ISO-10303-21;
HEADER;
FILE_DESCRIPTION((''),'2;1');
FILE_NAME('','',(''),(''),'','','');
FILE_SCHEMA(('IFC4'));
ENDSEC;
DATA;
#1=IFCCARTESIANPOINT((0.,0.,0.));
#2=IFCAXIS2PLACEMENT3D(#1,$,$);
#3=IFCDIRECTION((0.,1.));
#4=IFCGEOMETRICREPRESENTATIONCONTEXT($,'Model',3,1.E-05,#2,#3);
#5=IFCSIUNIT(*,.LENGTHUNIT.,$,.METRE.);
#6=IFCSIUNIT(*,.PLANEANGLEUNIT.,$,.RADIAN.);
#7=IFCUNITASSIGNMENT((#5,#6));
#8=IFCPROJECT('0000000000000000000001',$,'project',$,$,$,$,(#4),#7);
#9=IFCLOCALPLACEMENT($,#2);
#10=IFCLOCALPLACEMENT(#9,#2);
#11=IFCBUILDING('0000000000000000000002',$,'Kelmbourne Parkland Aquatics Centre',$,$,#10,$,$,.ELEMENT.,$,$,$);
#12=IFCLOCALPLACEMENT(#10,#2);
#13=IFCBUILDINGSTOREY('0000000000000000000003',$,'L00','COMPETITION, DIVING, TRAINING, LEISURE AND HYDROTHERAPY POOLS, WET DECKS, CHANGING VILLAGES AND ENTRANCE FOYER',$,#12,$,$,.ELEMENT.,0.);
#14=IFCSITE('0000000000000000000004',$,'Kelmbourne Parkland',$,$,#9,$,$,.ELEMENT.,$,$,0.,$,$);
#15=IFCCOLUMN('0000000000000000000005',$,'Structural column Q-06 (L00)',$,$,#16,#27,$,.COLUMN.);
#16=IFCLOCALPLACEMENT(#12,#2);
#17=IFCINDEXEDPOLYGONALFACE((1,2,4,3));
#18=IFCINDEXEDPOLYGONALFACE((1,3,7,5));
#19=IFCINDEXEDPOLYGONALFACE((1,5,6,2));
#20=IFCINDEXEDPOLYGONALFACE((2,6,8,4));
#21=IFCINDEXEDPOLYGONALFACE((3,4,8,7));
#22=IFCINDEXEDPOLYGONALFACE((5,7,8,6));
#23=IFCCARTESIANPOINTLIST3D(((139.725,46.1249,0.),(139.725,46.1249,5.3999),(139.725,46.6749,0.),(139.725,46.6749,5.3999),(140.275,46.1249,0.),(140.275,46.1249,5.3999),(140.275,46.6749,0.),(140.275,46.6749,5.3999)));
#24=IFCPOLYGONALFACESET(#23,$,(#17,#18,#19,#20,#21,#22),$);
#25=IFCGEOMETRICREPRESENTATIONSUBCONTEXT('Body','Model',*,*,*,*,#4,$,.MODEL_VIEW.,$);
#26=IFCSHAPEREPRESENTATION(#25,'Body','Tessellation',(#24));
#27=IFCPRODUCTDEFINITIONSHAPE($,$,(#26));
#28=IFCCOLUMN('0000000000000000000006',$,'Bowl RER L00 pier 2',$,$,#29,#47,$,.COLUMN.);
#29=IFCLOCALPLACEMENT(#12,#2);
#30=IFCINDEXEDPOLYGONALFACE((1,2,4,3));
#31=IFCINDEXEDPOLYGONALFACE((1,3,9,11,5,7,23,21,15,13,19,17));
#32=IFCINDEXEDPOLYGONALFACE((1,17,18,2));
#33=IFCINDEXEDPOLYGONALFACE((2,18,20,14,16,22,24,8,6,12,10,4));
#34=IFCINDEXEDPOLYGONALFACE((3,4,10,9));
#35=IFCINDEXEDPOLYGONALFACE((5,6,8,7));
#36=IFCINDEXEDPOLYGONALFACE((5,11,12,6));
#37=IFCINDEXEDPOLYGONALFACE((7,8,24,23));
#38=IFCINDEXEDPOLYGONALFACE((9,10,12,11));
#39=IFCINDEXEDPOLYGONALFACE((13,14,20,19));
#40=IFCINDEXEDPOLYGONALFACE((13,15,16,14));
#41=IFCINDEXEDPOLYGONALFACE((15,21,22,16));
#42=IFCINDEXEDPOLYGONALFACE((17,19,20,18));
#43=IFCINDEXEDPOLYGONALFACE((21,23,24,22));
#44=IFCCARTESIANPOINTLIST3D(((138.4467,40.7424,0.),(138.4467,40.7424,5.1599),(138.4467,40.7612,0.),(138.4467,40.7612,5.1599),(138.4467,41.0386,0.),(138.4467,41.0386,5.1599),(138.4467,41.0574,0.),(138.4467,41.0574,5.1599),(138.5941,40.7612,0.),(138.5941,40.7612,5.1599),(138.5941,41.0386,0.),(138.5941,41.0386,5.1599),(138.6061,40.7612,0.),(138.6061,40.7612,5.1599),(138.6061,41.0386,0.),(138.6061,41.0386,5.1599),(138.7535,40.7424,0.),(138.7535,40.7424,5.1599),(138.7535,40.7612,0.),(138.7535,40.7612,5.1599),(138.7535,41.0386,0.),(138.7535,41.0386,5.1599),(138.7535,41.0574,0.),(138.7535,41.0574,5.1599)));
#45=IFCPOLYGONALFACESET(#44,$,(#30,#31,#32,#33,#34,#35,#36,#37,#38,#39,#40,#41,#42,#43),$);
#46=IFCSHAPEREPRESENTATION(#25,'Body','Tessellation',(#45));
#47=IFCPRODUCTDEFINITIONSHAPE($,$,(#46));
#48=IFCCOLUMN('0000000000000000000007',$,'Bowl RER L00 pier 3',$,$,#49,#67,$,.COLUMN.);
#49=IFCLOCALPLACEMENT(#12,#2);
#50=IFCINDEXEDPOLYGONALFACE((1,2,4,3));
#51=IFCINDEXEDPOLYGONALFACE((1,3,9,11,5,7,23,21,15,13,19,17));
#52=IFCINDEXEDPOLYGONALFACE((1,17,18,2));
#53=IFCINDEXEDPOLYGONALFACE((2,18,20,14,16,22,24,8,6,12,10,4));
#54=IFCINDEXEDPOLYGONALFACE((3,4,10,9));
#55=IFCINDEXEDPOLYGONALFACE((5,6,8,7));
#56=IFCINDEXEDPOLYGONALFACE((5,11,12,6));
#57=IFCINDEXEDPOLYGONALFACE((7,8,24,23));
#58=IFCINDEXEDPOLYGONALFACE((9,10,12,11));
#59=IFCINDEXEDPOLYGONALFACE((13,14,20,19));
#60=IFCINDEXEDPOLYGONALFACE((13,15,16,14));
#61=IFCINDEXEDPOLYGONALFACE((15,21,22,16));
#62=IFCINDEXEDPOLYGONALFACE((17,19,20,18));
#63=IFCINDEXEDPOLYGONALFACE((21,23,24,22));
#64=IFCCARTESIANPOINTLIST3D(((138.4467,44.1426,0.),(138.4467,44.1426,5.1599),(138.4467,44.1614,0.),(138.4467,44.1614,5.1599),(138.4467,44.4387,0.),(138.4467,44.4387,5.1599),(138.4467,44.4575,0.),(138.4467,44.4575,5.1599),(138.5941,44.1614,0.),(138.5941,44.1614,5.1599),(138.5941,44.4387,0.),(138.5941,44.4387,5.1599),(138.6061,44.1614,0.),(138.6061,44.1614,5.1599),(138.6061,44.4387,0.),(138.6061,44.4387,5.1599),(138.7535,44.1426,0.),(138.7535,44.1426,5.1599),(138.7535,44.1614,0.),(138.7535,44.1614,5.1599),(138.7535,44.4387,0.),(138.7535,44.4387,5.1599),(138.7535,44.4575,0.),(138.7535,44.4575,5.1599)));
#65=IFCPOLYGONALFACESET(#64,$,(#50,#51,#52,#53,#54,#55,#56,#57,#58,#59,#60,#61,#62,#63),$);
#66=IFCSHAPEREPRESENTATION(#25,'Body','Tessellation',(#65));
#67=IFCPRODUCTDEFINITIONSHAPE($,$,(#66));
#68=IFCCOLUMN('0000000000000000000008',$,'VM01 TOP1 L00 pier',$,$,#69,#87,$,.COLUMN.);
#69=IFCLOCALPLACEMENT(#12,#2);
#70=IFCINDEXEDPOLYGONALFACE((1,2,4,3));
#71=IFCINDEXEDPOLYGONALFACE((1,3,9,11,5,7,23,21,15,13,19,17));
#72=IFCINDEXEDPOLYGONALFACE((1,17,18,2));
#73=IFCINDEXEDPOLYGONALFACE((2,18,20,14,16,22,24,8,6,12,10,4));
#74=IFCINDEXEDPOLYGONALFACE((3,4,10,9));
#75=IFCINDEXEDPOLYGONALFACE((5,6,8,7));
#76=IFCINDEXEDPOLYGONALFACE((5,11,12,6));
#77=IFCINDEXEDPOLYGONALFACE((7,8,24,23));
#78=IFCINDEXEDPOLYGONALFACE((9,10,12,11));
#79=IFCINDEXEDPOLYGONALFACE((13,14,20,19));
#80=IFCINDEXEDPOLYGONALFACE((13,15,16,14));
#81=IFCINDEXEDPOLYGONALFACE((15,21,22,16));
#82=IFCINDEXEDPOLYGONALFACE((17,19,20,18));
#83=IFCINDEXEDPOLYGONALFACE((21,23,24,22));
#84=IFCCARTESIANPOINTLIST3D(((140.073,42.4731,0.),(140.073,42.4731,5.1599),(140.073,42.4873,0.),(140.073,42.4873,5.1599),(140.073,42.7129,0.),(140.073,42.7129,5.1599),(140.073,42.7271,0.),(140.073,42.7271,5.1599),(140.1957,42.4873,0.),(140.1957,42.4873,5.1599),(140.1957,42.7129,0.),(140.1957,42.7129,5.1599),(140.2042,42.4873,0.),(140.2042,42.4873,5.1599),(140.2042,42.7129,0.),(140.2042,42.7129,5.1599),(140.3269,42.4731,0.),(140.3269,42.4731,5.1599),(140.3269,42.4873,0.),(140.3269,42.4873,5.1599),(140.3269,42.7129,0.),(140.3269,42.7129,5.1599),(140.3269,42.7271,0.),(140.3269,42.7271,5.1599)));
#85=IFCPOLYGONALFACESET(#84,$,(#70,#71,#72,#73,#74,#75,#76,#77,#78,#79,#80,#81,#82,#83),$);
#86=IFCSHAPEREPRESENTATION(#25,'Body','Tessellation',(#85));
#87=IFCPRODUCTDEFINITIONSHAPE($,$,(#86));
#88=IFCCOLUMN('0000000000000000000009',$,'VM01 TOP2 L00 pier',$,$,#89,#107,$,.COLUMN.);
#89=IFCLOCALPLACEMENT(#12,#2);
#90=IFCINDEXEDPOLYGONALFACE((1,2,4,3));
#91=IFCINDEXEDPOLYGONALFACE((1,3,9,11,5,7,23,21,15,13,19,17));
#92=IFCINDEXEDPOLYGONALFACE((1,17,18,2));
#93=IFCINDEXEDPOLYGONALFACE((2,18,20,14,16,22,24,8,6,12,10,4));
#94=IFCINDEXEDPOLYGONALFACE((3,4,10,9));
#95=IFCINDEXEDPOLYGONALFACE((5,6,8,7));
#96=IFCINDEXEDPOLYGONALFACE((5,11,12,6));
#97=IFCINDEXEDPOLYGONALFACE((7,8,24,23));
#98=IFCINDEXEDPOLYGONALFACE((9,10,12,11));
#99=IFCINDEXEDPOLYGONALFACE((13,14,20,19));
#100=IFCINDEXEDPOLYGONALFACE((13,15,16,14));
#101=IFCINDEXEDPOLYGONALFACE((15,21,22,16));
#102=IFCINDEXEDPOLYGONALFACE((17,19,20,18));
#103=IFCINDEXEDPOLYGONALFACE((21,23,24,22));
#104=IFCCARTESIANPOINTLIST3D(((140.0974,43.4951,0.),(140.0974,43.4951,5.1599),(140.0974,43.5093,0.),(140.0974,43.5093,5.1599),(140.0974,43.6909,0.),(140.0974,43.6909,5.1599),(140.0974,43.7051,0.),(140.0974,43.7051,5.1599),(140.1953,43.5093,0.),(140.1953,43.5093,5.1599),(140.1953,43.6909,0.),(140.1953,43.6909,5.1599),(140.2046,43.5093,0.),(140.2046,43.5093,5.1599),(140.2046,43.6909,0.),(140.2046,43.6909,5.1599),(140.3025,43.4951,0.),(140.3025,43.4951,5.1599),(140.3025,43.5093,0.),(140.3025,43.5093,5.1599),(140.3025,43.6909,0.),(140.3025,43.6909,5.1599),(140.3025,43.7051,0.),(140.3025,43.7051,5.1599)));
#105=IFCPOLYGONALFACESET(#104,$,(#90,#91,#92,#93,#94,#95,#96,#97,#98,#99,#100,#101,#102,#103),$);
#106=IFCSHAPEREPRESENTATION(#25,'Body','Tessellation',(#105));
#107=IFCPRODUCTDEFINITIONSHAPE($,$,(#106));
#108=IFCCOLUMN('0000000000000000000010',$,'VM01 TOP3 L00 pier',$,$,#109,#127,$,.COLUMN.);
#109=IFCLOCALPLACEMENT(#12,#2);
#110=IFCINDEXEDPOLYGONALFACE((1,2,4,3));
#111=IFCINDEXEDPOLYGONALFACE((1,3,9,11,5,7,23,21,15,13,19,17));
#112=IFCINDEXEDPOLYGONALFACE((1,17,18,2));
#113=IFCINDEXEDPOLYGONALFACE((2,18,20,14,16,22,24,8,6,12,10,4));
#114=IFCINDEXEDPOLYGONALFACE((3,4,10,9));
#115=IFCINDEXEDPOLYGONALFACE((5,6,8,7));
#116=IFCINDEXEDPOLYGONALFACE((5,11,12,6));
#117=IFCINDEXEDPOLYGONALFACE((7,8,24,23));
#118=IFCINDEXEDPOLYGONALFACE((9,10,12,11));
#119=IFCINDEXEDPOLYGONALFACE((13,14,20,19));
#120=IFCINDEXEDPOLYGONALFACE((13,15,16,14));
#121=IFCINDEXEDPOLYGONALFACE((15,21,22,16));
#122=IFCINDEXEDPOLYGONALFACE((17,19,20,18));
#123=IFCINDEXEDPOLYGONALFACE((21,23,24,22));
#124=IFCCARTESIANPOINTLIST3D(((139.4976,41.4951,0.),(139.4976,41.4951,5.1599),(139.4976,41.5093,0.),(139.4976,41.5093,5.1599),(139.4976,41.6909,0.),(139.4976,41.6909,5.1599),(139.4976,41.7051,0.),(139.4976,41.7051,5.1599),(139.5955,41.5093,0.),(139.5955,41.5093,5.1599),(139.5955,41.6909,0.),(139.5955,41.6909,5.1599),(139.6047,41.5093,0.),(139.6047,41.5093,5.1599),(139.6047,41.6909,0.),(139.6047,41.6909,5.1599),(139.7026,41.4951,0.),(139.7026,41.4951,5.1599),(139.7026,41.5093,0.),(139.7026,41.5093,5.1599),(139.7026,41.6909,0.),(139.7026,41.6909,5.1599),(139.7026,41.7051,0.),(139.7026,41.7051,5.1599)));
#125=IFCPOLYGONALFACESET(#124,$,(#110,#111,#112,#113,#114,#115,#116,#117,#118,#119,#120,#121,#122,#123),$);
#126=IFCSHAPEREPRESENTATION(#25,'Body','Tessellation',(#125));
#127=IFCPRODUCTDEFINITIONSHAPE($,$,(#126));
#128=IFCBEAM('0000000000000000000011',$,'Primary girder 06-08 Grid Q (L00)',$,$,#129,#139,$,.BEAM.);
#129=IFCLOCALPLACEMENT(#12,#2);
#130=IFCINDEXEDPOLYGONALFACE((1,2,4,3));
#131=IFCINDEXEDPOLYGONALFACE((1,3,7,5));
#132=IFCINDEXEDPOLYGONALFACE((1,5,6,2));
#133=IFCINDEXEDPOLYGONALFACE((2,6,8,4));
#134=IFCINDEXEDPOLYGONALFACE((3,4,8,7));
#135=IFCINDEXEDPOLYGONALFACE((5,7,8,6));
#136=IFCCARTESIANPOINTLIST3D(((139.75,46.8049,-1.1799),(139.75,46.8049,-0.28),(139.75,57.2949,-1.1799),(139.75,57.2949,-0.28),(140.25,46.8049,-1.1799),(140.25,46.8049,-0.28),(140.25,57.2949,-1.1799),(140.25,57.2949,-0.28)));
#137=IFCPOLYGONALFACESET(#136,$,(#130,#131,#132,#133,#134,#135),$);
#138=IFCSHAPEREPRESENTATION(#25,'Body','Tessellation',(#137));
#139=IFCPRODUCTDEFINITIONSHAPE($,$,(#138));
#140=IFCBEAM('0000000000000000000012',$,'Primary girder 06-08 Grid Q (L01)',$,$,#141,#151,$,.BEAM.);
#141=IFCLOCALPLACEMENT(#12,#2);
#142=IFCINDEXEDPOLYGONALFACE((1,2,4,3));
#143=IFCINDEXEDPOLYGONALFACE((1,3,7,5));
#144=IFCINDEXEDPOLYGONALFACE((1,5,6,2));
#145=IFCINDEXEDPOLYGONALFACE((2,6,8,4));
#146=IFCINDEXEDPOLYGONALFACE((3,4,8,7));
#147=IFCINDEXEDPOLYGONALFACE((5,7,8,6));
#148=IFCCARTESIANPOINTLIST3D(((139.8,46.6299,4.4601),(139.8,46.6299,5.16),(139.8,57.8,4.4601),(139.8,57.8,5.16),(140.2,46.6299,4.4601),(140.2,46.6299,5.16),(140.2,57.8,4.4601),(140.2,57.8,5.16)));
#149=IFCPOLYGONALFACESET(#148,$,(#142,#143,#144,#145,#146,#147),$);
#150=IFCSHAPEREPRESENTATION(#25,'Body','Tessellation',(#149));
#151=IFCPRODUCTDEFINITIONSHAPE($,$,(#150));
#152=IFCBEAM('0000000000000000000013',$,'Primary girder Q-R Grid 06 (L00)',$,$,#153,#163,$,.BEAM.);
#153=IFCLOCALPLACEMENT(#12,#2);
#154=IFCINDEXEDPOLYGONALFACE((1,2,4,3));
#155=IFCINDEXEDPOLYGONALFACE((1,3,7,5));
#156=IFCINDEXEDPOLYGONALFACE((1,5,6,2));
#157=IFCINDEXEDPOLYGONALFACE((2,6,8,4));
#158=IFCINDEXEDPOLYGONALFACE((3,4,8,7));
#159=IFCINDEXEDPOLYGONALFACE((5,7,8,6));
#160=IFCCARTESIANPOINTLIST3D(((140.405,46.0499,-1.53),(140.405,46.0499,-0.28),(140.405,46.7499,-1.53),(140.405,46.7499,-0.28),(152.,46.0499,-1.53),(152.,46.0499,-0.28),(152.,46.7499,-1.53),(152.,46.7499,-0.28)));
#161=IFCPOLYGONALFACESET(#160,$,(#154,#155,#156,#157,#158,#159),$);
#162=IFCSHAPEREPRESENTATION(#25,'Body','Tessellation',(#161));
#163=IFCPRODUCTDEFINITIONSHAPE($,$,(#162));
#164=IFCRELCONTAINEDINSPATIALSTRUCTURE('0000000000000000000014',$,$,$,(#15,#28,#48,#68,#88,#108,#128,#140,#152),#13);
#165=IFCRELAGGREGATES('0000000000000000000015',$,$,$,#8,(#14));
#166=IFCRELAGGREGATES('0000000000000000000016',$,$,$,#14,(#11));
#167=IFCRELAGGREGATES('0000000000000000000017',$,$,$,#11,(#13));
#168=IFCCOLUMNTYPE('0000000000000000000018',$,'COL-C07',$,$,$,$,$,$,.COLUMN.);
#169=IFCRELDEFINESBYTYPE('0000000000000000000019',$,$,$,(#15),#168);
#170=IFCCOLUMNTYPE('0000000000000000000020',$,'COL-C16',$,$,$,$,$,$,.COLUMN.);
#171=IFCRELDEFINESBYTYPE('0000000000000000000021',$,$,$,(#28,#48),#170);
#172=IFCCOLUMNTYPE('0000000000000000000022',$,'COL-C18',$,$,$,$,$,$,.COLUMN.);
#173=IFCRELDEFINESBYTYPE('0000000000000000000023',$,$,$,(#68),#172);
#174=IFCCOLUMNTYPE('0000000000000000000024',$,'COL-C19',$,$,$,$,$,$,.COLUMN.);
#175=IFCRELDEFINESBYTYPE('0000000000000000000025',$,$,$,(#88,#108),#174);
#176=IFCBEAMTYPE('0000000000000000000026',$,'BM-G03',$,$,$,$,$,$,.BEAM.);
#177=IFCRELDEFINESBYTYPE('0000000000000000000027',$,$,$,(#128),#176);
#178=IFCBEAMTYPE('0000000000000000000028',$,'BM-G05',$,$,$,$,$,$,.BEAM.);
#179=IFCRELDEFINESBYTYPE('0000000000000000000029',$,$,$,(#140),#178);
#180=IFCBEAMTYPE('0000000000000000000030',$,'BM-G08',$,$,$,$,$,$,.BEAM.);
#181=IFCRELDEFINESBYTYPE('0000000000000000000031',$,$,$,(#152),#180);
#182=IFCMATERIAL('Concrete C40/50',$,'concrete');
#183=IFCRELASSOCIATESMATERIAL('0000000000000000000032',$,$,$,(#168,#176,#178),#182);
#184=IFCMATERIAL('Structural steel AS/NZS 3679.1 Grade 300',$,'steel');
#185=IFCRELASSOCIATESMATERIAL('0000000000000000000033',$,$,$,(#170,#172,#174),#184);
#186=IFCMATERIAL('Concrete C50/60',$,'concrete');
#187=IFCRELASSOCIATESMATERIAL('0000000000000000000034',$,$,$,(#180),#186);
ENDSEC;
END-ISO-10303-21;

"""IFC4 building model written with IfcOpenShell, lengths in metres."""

from ifc_helpers import new_model, si_unit, direction, frame, origin, origin_2d, place, context, subcontext, project, spatial, rectangle, i_section, extrude, material, material_profile, profile_set, type_object, element, save


model = new_model("IFC4")

# Units and contexts
model_context = context("Model", 3, precision=1e-05, world=origin(), true_north=direction((0.0, 1.0)))
body_context = subcontext(model_context, "Body", "Model", "MODEL_VIEW")
ifc_project = project(units=[si_unit("LENGTHUNIT", "METRE"), si_unit("PLANEANGLEUNIT", "RADIAN")], contexts=[model_context])

# Site, building, storey
site_placement = place(None, origin())
site = spatial("IfcSite", under=ifc_project, at=site_placement, Name="Kelmbourne Parkland", CompositionType="ELEMENT", RefElevation=0.0)
building_placement = place(site_placement, origin())
building = spatial("IfcBuilding", under=site, at=building_placement, Name="Kelmbourne Parkland Aquatics Centre", CompositionType="ELEMENT")
storey_placement = place(building_placement, origin())
storey = spatial("IfcBuildingStorey", under=building, at=storey_placement, Name="L00", Description="COMPETITION, DIVING, TRAINING, LEISURE AND HYDROTHERAPY POOLS, WET DECKS, CHANGING VILLAGES AND ENTRANCE FOYER", CompositionType="ELEMENT", Elevation=0.0)

# Columns
ifc_material_1 = material(Name="Concrete C40/50", Category="concrete")
ifc_material_profile_1 = material_profile(ifc_material_1, rectangle(XDim=0.55, YDim=0.55, at=origin_2d()), Name="RC 550x550")
ifc_profile_set_1 = profile_set([ifc_material_profile_1], Name="Concrete C40/50")
column_type_1 = type_object("IfcColumnType", Name="COL-C07", PredefinedType="COLUMN", material=ifc_profile_set_1)
column_1_placement = place(storey_placement, frame((140.0, 46.3999, 0.0), z_axis=(0.0, 0.0, 1.0), x_axis=(1.0, 0.0, 0.0)))
element("IfcColumn", 1, at=column_1_placement, inside=storey, type_object=column_type_1, Name="Structural column Q-06 (L00)", PredefinedType="COLUMN", context=body_context, shape_type="SweptSolid", body=[
    extrude(rectangle(XDim=0.55, YDim=0.55, at=origin_2d()), origin(), (0.0, 0.0, 1.0), 5.3999),
])
ifc_material_2 = material(Name="Structural steel AS/NZS 3679.1 Grade 300", Category="steel")
ifc_material_profile_2 = material_profile(ifc_material_2, i_section(OverallWidth=0.3069, OverallDepth=0.3149, WebThickness=0.012, FlangeThickness=0.0188, at=origin_2d()), Name="310UC118")
ifc_profile_set_2 = profile_set([ifc_material_profile_2], Name="Structural steel AS/NZS 3679.1 Grade 300")
column_type_2 = type_object("IfcColumnType", Name="COL-C16", PredefinedType="COLUMN", material=ifc_profile_set_2)
for number, where, z_axis, x_axis, name in (
    (2, (138.6001, 40.8999, 0.0), (0.0, 0.0, 1.0), (1.0, 0.0, 0.0), "Bowl RER L00 pier 2"),
    (3, (138.6001, 44.3, 0.0), (0.0, 0.0, 1.0), (1.0, 0.0, 0.0), "Bowl RER L00 pier 3"),
):
    element("IfcColumn", number, at=place(storey_placement, frame(where, z_axis=z_axis, x_axis=x_axis)), inside=storey, type_object=column_type_2, Name=name, PredefinedType="COLUMN", context=body_context, shape_type="SweptSolid", body=[
        extrude(i_section(OverallWidth=0.3069, OverallDepth=0.3149, WebThickness=0.012, FlangeThickness=0.0188, at=origin_2d()), origin(), (0.0, 0.0, 1.0), 5.1599),
    ])
ifc_material_profile_3 = material_profile(ifc_material_2, i_section(OverallWidth=0.2539, OverallDepth=0.2539, WebThickness=0.0085, FlangeThickness=0.0142, at=origin_2d()), Name="250UC72.9")
ifc_profile_set_3 = profile_set([ifc_material_profile_3], Name="Structural steel AS/NZS 3679.1 Grade 300")
column_type_3 = type_object("IfcColumnType", Name="COL-C18", PredefinedType="COLUMN", material=ifc_profile_set_3)
column_2_placement = place(storey_placement, frame((140.2, 42.6001, 0.0), z_axis=(0.0, 0.0, 1.0), x_axis=(1.0, 0.0, 0.0)))
element("IfcColumn", 4, at=column_2_placement, inside=storey, type_object=column_type_3, Name="VM01 TOP1 L00 pier", PredefinedType="COLUMN", context=body_context, shape_type="SweptSolid", body=[
    extrude(i_section(OverallWidth=0.2539, OverallDepth=0.2539, WebThickness=0.0085, FlangeThickness=0.0142, at=origin_2d()), origin(), (0.0, 0.0, 1.0), 5.1599),
])
ifc_material_profile_4 = material_profile(ifc_material_2, i_section(OverallWidth=0.2051, OverallDepth=0.21, WebThickness=0.0093, FlangeThickness=0.0142, at=origin_2d()), Name="200UC59.5")
ifc_profile_set_4 = profile_set([ifc_material_profile_4], Name="Structural steel AS/NZS 3679.1 Grade 300")
column_type_4 = type_object("IfcColumnType", Name="COL-C19", PredefinedType="COLUMN", material=ifc_profile_set_4)
for number, where, z_axis, x_axis, name in (
    (5, (140.2, 43.6001, 0.0), (0.0, 0.0, 1.0), (1.0, 0.0, 0.0), "VM01 TOP2 L00 pier"),
    (6, (139.6001, 41.6001, 0.0), (0.0, 0.0, 1.0), (1.0, 0.0, 0.0), "VM01 TOP3 L00 pier"),
):
    element("IfcColumn", number, at=place(storey_placement, frame(where, z_axis=z_axis, x_axis=x_axis)), inside=storey, type_object=column_type_4, Name=name, PredefinedType="COLUMN", context=body_context, shape_type="SweptSolid", body=[
        extrude(i_section(OverallWidth=0.2051, OverallDepth=0.21, WebThickness=0.0093, FlangeThickness=0.0142, at=origin_2d()), origin(), (0.0, 0.0, 1.0), 5.1599),
    ])

# Beams
ifc_material_profile_5 = material_profile(ifc_material_1, rectangle(XDim=0.5, YDim=0.8999, at=origin_2d()), Name="RC 500x900")
ifc_profile_set_5 = profile_set([ifc_material_profile_5], Name="Concrete C40/50")
beam_type_1 = type_object("IfcBeamType", Name="BM-G03", PredefinedType="BEAM", material=ifc_profile_set_5)
beam_1_placement = place(storey_placement, frame((140.0, 46.8049, -0.73), z_axis=(0.0, 1.0, 0.0), x_axis=(-1.0, 0.0, 0.0)))
element("IfcBeam", 7, at=beam_1_placement, inside=storey, type_object=beam_type_1, Name="Primary girder 06-08 Grid Q (L00)", PredefinedType="BEAM", context=body_context, shape_type="SweptSolid", body=[
    extrude(rectangle(XDim=0.5, YDim=0.8999, at=origin_2d()), origin(), (0.0, 0.0, 1.0), 10.49),
])
ifc_material_profile_6 = material_profile(ifc_material_1, rectangle(XDim=0.3999, YDim=0.7, at=origin_2d()), Name="RC 400x700")
ifc_profile_set_6 = profile_set([ifc_material_profile_6], Name="Concrete C40/50")
beam_type_2 = type_object("IfcBeamType", Name="BM-G05", PredefinedType="BEAM", material=ifc_profile_set_6)
beam_2_placement = place(storey_placement, frame((140.0, 46.6299, 4.8101), z_axis=(0.0, 1.0, 0.0), x_axis=(-1.0, 0.0, 0.0)))
element("IfcBeam", 8, at=beam_2_placement, inside=storey, type_object=beam_type_2, Name="Primary girder 06-08 Grid Q (L01)", PredefinedType="BEAM", context=body_context, shape_type="SweptSolid", body=[
    extrude(rectangle(XDim=0.3999, YDim=0.7, at=origin_2d()), origin(), (0.0, 0.0, 1.0), 11.1702),
])
ifc_material_3 = material(Name="Concrete C50/60", Category="concrete")
ifc_material_profile_7 = material_profile(ifc_material_3, rectangle(XDim=0.7, YDim=1.25, at=origin_2d()), Name="RC 700x1250")
ifc_profile_set_7 = profile_set([ifc_material_profile_7], Name="Concrete C50/60")
beam_type_3 = type_object("IfcBeamType", Name="BM-G08", PredefinedType="BEAM", material=ifc_profile_set_7)
beam_3_placement = place(storey_placement, frame((140.405, 46.3999, -0.905), z_axis=(1.0, 0.0, 0.0), x_axis=(0.0, 1.0, 0.0)))
element("IfcBeam", 9, at=beam_3_placement, inside=storey, type_object=beam_type_3, Name="Primary girder Q-R Grid 06 (L00)", PredefinedType="BEAM", context=body_context, shape_type="SweptSolid", body=[
    extrude(rectangle(XDim=0.7, YDim=1.25, at=origin_2d()), origin(), (0.0, 0.0, 1.0), 11.595),
])

save(model, "model.ifc")
